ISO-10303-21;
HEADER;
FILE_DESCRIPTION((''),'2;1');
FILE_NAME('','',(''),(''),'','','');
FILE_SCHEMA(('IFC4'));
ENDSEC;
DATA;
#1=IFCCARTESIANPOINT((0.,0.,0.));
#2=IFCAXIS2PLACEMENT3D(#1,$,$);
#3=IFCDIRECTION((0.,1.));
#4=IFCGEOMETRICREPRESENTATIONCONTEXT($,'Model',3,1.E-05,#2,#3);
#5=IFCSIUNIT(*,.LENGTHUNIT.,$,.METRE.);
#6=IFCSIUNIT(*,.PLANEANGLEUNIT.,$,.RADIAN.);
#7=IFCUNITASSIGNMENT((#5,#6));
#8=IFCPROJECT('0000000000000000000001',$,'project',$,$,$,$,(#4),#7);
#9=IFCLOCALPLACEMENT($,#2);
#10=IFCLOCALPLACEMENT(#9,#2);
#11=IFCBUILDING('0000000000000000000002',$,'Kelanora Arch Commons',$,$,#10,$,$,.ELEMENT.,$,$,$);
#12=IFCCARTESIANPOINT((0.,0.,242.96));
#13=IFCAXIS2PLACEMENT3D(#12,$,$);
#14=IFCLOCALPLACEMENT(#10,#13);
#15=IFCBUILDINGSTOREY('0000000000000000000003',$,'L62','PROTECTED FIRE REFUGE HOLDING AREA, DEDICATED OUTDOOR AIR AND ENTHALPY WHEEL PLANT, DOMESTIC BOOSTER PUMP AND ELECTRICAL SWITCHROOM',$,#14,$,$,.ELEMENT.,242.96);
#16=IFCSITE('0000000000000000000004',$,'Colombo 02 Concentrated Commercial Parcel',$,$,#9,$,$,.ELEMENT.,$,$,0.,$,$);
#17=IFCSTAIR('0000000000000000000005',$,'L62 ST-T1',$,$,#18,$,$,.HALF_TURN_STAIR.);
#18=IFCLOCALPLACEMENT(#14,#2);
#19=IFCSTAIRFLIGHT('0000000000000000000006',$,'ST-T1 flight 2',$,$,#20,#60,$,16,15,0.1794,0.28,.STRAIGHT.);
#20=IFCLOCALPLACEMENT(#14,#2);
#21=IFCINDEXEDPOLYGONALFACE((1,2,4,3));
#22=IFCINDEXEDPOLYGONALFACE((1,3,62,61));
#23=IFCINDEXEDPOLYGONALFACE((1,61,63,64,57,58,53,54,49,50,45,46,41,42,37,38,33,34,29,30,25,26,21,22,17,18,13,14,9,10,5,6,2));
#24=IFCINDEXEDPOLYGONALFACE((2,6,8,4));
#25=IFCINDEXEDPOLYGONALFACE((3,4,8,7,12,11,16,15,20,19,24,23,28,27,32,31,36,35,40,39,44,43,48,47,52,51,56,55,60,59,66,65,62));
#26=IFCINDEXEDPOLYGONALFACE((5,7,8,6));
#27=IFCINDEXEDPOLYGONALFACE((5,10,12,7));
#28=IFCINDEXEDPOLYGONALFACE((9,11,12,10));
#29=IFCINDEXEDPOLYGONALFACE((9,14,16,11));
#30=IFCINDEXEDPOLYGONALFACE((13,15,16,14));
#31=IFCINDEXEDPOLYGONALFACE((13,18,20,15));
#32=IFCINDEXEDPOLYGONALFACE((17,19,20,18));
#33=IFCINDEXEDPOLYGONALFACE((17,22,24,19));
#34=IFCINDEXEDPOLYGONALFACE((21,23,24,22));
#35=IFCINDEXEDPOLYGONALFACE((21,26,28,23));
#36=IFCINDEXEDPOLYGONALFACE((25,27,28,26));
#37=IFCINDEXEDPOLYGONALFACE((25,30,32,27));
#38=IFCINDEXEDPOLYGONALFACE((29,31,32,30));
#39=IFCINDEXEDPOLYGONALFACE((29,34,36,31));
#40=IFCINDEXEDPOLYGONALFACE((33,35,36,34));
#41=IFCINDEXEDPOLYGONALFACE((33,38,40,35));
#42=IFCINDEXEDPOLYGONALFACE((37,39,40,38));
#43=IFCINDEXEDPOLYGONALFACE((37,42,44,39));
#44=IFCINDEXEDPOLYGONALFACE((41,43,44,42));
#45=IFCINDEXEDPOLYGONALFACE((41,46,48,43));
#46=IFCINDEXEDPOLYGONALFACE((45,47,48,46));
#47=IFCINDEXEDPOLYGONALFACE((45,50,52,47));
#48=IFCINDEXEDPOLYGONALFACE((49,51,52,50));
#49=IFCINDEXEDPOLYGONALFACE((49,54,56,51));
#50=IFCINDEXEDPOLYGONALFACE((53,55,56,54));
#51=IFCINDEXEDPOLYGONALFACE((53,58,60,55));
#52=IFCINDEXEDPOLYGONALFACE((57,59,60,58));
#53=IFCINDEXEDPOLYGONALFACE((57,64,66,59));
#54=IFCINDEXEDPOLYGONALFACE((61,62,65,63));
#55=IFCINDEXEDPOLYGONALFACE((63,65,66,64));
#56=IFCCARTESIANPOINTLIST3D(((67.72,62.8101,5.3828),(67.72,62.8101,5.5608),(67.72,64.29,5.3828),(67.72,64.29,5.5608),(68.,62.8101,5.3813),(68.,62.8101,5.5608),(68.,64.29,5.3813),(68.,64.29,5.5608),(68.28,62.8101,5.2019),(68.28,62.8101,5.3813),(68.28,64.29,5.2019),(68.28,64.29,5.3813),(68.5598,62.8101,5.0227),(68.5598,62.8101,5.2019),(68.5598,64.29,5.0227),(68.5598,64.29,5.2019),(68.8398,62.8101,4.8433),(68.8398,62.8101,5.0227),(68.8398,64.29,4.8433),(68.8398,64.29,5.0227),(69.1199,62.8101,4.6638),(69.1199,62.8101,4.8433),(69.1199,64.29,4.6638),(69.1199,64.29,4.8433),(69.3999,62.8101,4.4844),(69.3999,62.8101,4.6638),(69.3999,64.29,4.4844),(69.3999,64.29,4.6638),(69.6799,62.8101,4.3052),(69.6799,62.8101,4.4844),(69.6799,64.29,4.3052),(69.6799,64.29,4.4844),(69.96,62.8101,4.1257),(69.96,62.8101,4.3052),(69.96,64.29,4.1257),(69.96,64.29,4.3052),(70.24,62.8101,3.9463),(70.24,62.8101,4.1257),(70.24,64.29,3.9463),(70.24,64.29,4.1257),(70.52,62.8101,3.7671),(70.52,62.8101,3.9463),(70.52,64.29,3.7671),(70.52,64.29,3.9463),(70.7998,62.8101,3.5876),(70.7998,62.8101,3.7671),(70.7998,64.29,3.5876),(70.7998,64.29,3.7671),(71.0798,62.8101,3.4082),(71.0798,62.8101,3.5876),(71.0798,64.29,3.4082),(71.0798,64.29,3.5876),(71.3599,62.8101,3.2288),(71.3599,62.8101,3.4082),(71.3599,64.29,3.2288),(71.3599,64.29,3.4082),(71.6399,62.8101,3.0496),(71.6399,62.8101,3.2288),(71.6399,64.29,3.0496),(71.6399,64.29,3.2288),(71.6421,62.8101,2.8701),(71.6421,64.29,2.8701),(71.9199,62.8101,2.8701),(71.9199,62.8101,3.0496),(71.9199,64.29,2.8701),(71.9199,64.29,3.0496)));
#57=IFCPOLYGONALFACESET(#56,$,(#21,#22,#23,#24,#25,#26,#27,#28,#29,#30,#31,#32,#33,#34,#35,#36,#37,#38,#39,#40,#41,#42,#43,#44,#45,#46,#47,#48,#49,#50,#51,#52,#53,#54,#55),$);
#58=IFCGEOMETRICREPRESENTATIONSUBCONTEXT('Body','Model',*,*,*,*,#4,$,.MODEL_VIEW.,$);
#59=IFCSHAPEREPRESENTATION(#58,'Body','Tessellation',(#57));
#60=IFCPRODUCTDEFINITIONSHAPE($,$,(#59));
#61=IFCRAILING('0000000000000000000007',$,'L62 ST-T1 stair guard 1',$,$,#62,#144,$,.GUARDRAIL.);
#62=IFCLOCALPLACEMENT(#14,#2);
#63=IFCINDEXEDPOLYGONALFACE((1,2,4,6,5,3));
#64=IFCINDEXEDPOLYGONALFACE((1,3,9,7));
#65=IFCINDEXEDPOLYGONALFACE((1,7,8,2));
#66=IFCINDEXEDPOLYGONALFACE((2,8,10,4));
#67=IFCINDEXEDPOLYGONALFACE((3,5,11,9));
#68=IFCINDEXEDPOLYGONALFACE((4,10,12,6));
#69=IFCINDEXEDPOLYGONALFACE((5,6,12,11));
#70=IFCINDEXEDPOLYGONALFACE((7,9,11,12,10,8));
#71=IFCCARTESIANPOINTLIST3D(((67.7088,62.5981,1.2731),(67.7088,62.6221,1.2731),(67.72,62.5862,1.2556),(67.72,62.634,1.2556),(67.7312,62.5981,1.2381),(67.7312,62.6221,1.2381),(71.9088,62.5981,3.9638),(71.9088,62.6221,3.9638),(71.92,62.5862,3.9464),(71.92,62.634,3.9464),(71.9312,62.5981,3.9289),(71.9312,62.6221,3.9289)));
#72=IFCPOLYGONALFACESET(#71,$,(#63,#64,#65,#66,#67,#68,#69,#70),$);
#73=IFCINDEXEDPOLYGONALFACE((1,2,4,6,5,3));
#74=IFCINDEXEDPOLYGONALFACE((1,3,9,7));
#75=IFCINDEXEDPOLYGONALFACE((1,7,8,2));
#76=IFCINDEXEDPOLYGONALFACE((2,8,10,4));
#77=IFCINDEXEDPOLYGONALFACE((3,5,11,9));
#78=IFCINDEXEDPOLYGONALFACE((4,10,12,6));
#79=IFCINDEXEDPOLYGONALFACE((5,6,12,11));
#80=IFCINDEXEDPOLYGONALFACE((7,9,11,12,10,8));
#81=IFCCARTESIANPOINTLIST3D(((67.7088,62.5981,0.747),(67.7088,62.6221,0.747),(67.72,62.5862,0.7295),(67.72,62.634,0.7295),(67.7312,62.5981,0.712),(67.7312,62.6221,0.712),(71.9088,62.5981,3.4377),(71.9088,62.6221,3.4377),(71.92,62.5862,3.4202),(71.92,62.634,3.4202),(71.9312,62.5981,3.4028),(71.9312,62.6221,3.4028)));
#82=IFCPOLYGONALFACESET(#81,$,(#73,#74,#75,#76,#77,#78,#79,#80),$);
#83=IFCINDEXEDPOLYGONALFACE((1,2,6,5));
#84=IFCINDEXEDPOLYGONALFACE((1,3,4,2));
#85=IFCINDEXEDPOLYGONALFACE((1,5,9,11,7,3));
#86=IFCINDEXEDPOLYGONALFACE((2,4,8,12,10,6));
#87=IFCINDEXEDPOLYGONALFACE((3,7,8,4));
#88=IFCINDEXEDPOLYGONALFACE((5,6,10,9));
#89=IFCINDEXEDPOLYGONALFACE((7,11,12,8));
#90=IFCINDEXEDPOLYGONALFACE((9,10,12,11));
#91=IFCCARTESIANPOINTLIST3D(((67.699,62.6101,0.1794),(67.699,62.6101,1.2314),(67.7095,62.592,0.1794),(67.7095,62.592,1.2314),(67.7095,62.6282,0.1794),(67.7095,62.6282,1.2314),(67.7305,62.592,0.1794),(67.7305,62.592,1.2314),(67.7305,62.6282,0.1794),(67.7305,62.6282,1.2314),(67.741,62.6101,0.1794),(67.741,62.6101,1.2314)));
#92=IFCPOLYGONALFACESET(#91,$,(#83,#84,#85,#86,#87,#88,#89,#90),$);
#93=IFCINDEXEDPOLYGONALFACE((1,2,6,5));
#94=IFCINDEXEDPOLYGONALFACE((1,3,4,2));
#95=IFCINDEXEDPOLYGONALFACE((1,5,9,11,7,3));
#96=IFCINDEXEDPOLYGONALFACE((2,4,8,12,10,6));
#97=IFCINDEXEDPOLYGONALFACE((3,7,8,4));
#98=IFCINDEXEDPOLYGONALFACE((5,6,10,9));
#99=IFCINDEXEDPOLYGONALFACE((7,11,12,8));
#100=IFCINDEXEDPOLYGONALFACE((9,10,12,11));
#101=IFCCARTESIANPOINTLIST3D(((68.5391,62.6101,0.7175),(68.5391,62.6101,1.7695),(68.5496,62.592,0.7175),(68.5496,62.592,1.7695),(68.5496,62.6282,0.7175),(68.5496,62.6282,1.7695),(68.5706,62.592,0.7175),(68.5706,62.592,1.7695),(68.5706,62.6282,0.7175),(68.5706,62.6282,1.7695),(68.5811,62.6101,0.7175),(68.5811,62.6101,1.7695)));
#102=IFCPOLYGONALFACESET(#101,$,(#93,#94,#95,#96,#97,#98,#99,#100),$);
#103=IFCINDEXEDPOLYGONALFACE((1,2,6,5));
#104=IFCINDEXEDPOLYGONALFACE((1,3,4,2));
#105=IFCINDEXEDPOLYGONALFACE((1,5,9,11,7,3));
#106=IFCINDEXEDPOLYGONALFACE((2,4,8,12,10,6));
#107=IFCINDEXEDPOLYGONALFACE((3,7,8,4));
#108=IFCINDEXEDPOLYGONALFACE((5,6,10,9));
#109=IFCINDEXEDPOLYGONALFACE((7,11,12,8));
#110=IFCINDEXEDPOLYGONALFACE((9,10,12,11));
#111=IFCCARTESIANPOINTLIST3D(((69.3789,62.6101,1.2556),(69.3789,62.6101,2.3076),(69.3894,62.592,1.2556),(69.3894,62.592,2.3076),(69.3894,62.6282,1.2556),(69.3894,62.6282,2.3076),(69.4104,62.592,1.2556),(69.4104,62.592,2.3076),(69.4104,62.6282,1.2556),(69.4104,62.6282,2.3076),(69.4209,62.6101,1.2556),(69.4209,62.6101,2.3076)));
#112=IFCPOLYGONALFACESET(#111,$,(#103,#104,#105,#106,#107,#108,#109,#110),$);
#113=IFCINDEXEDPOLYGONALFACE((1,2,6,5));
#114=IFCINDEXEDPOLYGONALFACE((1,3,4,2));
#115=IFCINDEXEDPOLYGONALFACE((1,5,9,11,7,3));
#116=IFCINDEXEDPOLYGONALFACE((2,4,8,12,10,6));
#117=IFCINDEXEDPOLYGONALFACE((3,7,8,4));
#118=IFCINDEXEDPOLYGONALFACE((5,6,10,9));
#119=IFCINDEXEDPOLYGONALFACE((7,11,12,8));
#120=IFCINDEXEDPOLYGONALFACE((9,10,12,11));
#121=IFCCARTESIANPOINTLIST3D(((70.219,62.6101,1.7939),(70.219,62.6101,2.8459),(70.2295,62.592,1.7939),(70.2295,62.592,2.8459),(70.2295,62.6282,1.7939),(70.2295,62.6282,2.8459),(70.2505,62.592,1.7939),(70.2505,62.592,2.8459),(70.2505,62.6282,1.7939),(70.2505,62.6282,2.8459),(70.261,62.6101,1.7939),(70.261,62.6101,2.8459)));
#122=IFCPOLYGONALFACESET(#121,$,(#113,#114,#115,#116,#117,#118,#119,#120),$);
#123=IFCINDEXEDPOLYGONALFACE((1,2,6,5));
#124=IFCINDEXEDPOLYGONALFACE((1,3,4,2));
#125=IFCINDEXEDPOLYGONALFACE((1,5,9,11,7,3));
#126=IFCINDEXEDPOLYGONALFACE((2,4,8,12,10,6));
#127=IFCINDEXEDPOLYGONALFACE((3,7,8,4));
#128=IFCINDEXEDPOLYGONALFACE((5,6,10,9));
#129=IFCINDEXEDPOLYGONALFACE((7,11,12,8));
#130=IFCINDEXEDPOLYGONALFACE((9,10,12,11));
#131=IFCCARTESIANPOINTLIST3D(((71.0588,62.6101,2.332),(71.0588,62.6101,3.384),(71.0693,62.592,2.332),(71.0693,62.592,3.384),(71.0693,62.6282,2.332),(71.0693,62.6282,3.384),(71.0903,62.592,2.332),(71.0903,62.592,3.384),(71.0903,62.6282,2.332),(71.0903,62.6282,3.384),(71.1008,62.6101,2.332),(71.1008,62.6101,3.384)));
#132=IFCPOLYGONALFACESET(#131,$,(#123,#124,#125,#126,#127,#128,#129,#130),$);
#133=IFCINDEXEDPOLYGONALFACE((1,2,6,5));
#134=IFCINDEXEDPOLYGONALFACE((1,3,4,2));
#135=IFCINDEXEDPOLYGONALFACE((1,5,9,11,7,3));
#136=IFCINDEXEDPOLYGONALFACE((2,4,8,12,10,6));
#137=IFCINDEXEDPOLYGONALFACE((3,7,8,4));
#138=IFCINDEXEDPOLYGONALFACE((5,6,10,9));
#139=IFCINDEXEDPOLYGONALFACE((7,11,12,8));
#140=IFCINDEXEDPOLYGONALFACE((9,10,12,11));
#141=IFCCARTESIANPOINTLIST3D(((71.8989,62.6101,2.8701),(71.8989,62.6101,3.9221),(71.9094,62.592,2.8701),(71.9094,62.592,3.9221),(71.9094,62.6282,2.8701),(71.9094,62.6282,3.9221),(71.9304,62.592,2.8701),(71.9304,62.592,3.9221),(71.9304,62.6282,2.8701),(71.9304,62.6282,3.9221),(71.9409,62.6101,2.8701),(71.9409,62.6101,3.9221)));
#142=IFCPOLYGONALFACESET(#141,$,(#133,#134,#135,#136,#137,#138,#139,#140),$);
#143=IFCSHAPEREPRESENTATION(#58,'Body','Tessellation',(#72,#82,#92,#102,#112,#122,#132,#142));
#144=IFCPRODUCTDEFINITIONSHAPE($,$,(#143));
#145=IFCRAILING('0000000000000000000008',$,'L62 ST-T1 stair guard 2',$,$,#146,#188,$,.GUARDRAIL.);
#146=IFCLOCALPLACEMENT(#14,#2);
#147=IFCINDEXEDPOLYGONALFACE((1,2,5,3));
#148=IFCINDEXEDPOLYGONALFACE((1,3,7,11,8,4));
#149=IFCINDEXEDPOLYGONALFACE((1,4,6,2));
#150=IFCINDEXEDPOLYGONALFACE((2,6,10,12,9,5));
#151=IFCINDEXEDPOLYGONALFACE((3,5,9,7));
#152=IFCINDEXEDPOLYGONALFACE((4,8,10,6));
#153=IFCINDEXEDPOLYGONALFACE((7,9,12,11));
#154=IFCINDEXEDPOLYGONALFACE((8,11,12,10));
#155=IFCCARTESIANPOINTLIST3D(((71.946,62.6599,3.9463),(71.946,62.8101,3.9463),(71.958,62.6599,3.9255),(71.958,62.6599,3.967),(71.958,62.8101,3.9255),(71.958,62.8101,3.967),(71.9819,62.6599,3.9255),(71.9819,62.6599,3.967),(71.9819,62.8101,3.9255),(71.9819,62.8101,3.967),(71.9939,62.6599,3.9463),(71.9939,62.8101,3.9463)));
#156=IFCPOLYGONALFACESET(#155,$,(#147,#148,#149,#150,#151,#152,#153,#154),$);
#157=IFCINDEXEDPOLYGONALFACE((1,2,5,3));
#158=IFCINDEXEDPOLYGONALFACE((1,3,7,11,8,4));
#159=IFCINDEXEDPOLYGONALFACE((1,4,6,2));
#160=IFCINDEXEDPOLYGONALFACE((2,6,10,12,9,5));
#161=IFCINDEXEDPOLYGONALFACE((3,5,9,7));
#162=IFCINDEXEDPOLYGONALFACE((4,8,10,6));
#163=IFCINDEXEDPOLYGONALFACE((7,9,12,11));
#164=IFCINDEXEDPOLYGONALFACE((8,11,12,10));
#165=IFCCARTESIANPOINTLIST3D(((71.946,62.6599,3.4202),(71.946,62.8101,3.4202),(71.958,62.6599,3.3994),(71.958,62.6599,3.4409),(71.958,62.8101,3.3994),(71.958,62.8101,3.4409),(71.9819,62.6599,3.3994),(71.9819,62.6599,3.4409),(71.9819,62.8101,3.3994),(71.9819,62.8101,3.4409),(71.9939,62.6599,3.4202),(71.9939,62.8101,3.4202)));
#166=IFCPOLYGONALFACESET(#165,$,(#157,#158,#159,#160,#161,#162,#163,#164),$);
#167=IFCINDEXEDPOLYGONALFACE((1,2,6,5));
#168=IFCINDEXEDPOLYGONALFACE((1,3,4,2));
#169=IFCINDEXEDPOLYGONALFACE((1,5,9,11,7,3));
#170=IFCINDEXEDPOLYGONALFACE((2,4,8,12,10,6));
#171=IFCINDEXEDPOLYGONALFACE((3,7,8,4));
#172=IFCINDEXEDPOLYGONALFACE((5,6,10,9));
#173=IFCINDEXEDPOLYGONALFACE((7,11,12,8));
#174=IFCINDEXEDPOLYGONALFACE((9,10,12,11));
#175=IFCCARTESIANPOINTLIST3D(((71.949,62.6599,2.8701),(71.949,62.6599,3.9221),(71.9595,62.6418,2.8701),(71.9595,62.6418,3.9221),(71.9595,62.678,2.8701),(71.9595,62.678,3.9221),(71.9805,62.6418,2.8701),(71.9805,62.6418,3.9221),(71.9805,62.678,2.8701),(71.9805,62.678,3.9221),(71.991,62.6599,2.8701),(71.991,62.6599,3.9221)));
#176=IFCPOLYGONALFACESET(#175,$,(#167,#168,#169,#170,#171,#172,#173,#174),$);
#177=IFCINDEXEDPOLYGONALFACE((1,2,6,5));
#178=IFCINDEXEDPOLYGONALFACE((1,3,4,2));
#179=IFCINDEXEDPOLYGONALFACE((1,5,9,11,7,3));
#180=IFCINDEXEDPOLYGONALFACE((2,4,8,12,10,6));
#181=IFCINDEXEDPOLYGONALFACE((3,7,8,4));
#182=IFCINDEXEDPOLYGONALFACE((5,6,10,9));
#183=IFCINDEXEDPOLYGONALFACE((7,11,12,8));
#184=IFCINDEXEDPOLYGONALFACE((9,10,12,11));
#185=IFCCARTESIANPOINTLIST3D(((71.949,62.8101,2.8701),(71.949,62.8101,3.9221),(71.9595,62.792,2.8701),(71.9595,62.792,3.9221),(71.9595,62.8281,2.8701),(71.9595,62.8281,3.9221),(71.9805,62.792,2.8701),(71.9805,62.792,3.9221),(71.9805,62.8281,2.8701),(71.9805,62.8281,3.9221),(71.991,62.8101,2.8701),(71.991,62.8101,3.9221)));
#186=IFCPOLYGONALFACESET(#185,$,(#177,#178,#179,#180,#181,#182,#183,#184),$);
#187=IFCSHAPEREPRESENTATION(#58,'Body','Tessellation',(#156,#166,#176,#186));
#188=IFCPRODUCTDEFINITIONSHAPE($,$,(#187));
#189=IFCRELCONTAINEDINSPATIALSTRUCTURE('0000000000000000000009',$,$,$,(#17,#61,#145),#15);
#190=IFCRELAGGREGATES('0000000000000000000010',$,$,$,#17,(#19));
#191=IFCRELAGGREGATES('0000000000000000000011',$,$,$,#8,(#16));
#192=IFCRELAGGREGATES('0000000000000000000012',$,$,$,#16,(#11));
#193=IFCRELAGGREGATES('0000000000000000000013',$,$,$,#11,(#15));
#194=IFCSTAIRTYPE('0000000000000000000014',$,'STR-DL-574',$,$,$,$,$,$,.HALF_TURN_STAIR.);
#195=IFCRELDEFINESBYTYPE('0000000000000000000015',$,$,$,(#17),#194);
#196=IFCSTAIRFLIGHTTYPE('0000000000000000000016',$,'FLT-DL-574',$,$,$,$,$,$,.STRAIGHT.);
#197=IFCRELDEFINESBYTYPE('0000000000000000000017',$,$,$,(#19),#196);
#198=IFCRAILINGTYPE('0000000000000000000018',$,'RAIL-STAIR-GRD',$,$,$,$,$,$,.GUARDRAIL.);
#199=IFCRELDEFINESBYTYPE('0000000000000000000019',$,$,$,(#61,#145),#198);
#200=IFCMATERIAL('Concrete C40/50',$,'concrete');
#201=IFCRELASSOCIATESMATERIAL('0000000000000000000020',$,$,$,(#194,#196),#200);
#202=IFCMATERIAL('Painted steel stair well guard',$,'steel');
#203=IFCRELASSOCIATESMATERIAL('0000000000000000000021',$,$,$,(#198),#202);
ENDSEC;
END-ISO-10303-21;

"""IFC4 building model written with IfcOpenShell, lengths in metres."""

from ifc_helpers import new_model, si_unit, direction, frame, origin, place, context, subcontext, project, spatial, polyline, outline, extrude, material, type_object, element, aggregate, save


model = new_model("IFC4")

# Units and contexts
model_context = context("Model", 3, precision=1e-05, world=origin(), true_north=direction((0.0, 1.0)))
body_context = subcontext(model_context, "Body", "Model", "MODEL_VIEW")
ifc_project = project(units=[si_unit("LENGTHUNIT", "METRE"), si_unit("PLANEANGLEUNIT", "RADIAN")], contexts=[model_context])

# Site, building, storey
site_placement = place(None, origin())
site = spatial("IfcSite", under=ifc_project, at=site_placement, Name="Colombo 02 Concentrated Commercial Parcel", CompositionType="ELEMENT", RefElevation=0.0)
building_placement = place(site_placement, origin())
building = spatial("IfcBuilding", under=site, at=building_placement, Name="Kelanora Arch Commons", CompositionType="ELEMENT")
storey_placement = place(building_placement, frame((0.0, 0.0, 242.96)))
storey = spatial("IfcBuildingStorey", under=building, at=storey_placement, Name="L62", Description="PROTECTED FIRE REFUGE HOLDING AREA, DEDICATED OUTDOOR AIR AND ENTHALPY WHEEL PLANT, DOMESTIC BOOSTER PUMP AND ELECTRICAL SWITCHROOM", CompositionType="ELEMENT", Elevation=242.96)

# Shared definitions
ifc_material_1 = material(Name="Concrete C40/50", Category="concrete")

# Stair, stair flight
stair_type = type_object("IfcStairType", Name="STR-DL-574", PredefinedType="HALF_TURN_STAIR", material=ifc_material_1)
stair_placement = place(storey_placement, origin())
stair = element("IfcStair", 1, at=stair_placement, inside=storey, type_object=stair_type, Name="L62 ST-T1", PredefinedType="HALF_TURN_STAIR")
stair_flight_type = type_object("IfcStairFlightType", Name="FLT-DL-574", PredefinedType="STRAIGHT", material=ifc_material_1)
stair_flight_1_placement = place(storey_placement, frame((71.9199, 63.55, 2.8701), z_axis=(0.0, 0.0, 1.0), x_axis=(-1.0, 0.0, 0.0)))
stair_flight_1 = element("IfcStairFlight", 2, at=stair_flight_1_placement, type_object=stair_flight_type, Name="ST-T1 flight 2", NumberOfRisers=16, NumberOfTreads=15, PredefinedType="STRAIGHT", RiserHeight=0.1794, TreadLength=0.28, context=body_context, shape_type="SweptSolid", body=[
    extrude(outline(polyline([(0.0, 0.0), (0.0, 0.1794), (0.28, 0.1794), (0.28, 0.3586), (0.5601, 0.3586), (0.5601, 0.5381), (0.8401, 0.5381), (0.8401, 0.7175), (1.1201, 0.7175), (1.1201, 0.897), (1.3999, 0.897), (1.3999, 1.0762), (1.6799, 1.0762), (1.6799, 1.2556), (1.96, 1.2556), (1.96, 1.4351), (2.24, 1.4351), (2.24, 1.6143), (2.52, 1.6143), (2.52, 1.7937), (2.8, 1.7937), (2.8, 1.9731), (3.0801, 1.9731), (3.0801, 2.1526), (3.3601, 2.1526), (3.3601, 2.3318), (3.6399, 2.3318), (3.6399, 2.5112), (3.9199, 2.5112), (3.9199, 2.6907), (4.2, 2.6907), (4.2, 2.8701), (4.2, 2.5127), (0.2778, 0.0), (0.0, 0.0)])), frame((0.0, 0.74, 0.0), z_axis=(0.0, -1.0, 0.0), x_axis=(1.0, 0.0, 0.0)), (0.0, 0.0, 1.0), 1.48),
])
aggregate(stair, [stair_flight_1])

# Railings
ifc_material_2 = material(Name="Painted steel stair well guard", Category="steel")
railing_type_1 = type_object("IfcRailingType", Name="RAIL-STAIR-GRD", PredefinedType="GUARDRAIL", material=ifc_material_2)
railing_1_placement = place(storey_placement, frame((67.72, 62.6101, 0.1794)))
element("IfcRailing", 3, at=railing_1_placement, inside=storey, type_object=railing_type_1, Name="L62 ST-T1 stair guard 1", PredefinedType="GUARDRAIL", context=body_context, shape_type="SweptSolid", body=[
    extrude(outline(polyline([(0.0239, 0.0), (0.012, 0.0208), (-0.012, 0.0208), (-0.0239, 0.0), (-0.012, -0.0208), (0.012, -0.0208), (0.0239, 0.0)])), frame((0.0, 0.0, 1.0762), z_axis=(0.842025, 0.0, 0.539438), x_axis=(0.0, 1.0, 0.0)), (0.0, 0.0, 1.0), 4.988),
    extrude(outline(polyline([(0.0239, 0.0), (0.012, 0.0208), (-0.012, 0.0208), (-0.0239, 0.0), (-0.012, -0.0208), (0.012, -0.0208), (0.0239, 0.0)])), frame((0.0, 0.0, 0.55), z_axis=(0.842025, 0.0, 0.539438), x_axis=(0.0, 1.0, 0.0)), (0.0, 0.0, 1.0), 4.988),
    extrude(outline(polyline([(0.021, 0.0), (0.0105, 0.0181), (-0.0105, 0.0181), (-0.021, 0.0), (-0.0105, -0.0181), (0.0105, -0.0181), (0.021, 0.0)])), origin(), (0.0, 0.0, 1.0), 1.052),
    extrude(outline(polyline([(0.021, 0.0), (0.0105, 0.0181), (-0.0105, 0.0181), (-0.021, 0.0), (-0.0105, -0.0181), (0.0105, -0.0181), (0.021, 0.0)])), frame((0.8401, 0.0, 0.5381)), (0.0, 0.0, 1.0), 1.052),
    extrude(outline(polyline([(0.021, 0.0), (0.0105, 0.0181), (-0.0105, 0.0181), (-0.021, 0.0), (-0.0105, -0.0181), (0.0105, -0.0181), (0.021, 0.0)])), frame((1.6799, 0.0, 1.0762)), (0.0, 0.0, 1.0), 1.052),
    extrude(outline(polyline([(0.021, 0.0), (0.0105, 0.0181), (-0.0105, 0.0181), (-0.021, 0.0), (-0.0105, -0.0181), (0.0105, -0.0181), (0.021, 0.0)])), frame((2.52, 0.0, 1.6145)), (0.0, 0.0, 1.0), 1.052),
    extrude(outline(polyline([(0.021, 0.0), (0.0105, 0.0181), (-0.0105, 0.0181), (-0.021, 0.0), (-0.0105, -0.0181), (0.0105, -0.0181), (0.021, 0.0)])), frame((3.3599, 0.0, 2.1526)), (0.0, 0.0, 1.0), 1.052),
    extrude(outline(polyline([(0.021, 0.0), (0.0105, 0.0181), (-0.0105, 0.0181), (-0.021, 0.0), (-0.0105, -0.0181), (0.0105, -0.0181), (0.021, 0.0)])), frame((4.2, 0.0, 2.6907)), (0.0, 0.0, 1.0), 1.052),
])
railing_2_placement = place(storey_placement, frame((71.97, 62.6599, 2.8701)))
element("IfcRailing", 4, at=railing_2_placement, inside=storey, type_object=railing_type_1, Name="L62 ST-T1 stair guard 2", PredefinedType="GUARDRAIL", context=body_context, shape_type="SweptSolid", body=[
    extrude(outline(polyline([(0.0239, 0.0), (0.012, 0.0208), (-0.012, 0.0208), (-0.0239, 0.0), (-0.012, -0.0208), (0.012, -0.0208), (0.0239, 0.0)])), frame((0.0, 0.0, 1.0762), z_axis=(0.0, 1.0, 0.0), x_axis=(-1.0, 0.0, 0.0)), (0.0, 0.0, 1.0), 0.1501),
    extrude(outline(polyline([(0.0239, 0.0), (0.012, 0.0208), (-0.012, 0.0208), (-0.0239, 0.0), (-0.012, -0.0208), (0.012, -0.0208), (0.0239, 0.0)])), frame((0.0, 0.0, 0.55), z_axis=(0.0, 1.0, 0.0), x_axis=(-1.0, 0.0, 0.0)), (0.0, 0.0, 1.0), 0.1501),
    extrude(outline(polyline([(0.021, 0.0), (0.0105, 0.0181), (-0.0105, 0.0181), (-0.021, 0.0), (-0.0105, -0.0181), (0.0105, -0.0181), (0.021, 0.0)])), origin(), (0.0, 0.0, 1.0), 1.052),
    extrude(outline(polyline([(0.021, 0.0), (0.0105, 0.0181), (-0.0105, 0.0181), (-0.021, 0.0), (-0.0105, -0.0181), (0.0105, -0.0181), (0.021, 0.0)])), frame((0.0, 0.1501, 0.0)), (0.0, 0.0, 1.0), 1.052),
])

save(model, "model.ifc")
